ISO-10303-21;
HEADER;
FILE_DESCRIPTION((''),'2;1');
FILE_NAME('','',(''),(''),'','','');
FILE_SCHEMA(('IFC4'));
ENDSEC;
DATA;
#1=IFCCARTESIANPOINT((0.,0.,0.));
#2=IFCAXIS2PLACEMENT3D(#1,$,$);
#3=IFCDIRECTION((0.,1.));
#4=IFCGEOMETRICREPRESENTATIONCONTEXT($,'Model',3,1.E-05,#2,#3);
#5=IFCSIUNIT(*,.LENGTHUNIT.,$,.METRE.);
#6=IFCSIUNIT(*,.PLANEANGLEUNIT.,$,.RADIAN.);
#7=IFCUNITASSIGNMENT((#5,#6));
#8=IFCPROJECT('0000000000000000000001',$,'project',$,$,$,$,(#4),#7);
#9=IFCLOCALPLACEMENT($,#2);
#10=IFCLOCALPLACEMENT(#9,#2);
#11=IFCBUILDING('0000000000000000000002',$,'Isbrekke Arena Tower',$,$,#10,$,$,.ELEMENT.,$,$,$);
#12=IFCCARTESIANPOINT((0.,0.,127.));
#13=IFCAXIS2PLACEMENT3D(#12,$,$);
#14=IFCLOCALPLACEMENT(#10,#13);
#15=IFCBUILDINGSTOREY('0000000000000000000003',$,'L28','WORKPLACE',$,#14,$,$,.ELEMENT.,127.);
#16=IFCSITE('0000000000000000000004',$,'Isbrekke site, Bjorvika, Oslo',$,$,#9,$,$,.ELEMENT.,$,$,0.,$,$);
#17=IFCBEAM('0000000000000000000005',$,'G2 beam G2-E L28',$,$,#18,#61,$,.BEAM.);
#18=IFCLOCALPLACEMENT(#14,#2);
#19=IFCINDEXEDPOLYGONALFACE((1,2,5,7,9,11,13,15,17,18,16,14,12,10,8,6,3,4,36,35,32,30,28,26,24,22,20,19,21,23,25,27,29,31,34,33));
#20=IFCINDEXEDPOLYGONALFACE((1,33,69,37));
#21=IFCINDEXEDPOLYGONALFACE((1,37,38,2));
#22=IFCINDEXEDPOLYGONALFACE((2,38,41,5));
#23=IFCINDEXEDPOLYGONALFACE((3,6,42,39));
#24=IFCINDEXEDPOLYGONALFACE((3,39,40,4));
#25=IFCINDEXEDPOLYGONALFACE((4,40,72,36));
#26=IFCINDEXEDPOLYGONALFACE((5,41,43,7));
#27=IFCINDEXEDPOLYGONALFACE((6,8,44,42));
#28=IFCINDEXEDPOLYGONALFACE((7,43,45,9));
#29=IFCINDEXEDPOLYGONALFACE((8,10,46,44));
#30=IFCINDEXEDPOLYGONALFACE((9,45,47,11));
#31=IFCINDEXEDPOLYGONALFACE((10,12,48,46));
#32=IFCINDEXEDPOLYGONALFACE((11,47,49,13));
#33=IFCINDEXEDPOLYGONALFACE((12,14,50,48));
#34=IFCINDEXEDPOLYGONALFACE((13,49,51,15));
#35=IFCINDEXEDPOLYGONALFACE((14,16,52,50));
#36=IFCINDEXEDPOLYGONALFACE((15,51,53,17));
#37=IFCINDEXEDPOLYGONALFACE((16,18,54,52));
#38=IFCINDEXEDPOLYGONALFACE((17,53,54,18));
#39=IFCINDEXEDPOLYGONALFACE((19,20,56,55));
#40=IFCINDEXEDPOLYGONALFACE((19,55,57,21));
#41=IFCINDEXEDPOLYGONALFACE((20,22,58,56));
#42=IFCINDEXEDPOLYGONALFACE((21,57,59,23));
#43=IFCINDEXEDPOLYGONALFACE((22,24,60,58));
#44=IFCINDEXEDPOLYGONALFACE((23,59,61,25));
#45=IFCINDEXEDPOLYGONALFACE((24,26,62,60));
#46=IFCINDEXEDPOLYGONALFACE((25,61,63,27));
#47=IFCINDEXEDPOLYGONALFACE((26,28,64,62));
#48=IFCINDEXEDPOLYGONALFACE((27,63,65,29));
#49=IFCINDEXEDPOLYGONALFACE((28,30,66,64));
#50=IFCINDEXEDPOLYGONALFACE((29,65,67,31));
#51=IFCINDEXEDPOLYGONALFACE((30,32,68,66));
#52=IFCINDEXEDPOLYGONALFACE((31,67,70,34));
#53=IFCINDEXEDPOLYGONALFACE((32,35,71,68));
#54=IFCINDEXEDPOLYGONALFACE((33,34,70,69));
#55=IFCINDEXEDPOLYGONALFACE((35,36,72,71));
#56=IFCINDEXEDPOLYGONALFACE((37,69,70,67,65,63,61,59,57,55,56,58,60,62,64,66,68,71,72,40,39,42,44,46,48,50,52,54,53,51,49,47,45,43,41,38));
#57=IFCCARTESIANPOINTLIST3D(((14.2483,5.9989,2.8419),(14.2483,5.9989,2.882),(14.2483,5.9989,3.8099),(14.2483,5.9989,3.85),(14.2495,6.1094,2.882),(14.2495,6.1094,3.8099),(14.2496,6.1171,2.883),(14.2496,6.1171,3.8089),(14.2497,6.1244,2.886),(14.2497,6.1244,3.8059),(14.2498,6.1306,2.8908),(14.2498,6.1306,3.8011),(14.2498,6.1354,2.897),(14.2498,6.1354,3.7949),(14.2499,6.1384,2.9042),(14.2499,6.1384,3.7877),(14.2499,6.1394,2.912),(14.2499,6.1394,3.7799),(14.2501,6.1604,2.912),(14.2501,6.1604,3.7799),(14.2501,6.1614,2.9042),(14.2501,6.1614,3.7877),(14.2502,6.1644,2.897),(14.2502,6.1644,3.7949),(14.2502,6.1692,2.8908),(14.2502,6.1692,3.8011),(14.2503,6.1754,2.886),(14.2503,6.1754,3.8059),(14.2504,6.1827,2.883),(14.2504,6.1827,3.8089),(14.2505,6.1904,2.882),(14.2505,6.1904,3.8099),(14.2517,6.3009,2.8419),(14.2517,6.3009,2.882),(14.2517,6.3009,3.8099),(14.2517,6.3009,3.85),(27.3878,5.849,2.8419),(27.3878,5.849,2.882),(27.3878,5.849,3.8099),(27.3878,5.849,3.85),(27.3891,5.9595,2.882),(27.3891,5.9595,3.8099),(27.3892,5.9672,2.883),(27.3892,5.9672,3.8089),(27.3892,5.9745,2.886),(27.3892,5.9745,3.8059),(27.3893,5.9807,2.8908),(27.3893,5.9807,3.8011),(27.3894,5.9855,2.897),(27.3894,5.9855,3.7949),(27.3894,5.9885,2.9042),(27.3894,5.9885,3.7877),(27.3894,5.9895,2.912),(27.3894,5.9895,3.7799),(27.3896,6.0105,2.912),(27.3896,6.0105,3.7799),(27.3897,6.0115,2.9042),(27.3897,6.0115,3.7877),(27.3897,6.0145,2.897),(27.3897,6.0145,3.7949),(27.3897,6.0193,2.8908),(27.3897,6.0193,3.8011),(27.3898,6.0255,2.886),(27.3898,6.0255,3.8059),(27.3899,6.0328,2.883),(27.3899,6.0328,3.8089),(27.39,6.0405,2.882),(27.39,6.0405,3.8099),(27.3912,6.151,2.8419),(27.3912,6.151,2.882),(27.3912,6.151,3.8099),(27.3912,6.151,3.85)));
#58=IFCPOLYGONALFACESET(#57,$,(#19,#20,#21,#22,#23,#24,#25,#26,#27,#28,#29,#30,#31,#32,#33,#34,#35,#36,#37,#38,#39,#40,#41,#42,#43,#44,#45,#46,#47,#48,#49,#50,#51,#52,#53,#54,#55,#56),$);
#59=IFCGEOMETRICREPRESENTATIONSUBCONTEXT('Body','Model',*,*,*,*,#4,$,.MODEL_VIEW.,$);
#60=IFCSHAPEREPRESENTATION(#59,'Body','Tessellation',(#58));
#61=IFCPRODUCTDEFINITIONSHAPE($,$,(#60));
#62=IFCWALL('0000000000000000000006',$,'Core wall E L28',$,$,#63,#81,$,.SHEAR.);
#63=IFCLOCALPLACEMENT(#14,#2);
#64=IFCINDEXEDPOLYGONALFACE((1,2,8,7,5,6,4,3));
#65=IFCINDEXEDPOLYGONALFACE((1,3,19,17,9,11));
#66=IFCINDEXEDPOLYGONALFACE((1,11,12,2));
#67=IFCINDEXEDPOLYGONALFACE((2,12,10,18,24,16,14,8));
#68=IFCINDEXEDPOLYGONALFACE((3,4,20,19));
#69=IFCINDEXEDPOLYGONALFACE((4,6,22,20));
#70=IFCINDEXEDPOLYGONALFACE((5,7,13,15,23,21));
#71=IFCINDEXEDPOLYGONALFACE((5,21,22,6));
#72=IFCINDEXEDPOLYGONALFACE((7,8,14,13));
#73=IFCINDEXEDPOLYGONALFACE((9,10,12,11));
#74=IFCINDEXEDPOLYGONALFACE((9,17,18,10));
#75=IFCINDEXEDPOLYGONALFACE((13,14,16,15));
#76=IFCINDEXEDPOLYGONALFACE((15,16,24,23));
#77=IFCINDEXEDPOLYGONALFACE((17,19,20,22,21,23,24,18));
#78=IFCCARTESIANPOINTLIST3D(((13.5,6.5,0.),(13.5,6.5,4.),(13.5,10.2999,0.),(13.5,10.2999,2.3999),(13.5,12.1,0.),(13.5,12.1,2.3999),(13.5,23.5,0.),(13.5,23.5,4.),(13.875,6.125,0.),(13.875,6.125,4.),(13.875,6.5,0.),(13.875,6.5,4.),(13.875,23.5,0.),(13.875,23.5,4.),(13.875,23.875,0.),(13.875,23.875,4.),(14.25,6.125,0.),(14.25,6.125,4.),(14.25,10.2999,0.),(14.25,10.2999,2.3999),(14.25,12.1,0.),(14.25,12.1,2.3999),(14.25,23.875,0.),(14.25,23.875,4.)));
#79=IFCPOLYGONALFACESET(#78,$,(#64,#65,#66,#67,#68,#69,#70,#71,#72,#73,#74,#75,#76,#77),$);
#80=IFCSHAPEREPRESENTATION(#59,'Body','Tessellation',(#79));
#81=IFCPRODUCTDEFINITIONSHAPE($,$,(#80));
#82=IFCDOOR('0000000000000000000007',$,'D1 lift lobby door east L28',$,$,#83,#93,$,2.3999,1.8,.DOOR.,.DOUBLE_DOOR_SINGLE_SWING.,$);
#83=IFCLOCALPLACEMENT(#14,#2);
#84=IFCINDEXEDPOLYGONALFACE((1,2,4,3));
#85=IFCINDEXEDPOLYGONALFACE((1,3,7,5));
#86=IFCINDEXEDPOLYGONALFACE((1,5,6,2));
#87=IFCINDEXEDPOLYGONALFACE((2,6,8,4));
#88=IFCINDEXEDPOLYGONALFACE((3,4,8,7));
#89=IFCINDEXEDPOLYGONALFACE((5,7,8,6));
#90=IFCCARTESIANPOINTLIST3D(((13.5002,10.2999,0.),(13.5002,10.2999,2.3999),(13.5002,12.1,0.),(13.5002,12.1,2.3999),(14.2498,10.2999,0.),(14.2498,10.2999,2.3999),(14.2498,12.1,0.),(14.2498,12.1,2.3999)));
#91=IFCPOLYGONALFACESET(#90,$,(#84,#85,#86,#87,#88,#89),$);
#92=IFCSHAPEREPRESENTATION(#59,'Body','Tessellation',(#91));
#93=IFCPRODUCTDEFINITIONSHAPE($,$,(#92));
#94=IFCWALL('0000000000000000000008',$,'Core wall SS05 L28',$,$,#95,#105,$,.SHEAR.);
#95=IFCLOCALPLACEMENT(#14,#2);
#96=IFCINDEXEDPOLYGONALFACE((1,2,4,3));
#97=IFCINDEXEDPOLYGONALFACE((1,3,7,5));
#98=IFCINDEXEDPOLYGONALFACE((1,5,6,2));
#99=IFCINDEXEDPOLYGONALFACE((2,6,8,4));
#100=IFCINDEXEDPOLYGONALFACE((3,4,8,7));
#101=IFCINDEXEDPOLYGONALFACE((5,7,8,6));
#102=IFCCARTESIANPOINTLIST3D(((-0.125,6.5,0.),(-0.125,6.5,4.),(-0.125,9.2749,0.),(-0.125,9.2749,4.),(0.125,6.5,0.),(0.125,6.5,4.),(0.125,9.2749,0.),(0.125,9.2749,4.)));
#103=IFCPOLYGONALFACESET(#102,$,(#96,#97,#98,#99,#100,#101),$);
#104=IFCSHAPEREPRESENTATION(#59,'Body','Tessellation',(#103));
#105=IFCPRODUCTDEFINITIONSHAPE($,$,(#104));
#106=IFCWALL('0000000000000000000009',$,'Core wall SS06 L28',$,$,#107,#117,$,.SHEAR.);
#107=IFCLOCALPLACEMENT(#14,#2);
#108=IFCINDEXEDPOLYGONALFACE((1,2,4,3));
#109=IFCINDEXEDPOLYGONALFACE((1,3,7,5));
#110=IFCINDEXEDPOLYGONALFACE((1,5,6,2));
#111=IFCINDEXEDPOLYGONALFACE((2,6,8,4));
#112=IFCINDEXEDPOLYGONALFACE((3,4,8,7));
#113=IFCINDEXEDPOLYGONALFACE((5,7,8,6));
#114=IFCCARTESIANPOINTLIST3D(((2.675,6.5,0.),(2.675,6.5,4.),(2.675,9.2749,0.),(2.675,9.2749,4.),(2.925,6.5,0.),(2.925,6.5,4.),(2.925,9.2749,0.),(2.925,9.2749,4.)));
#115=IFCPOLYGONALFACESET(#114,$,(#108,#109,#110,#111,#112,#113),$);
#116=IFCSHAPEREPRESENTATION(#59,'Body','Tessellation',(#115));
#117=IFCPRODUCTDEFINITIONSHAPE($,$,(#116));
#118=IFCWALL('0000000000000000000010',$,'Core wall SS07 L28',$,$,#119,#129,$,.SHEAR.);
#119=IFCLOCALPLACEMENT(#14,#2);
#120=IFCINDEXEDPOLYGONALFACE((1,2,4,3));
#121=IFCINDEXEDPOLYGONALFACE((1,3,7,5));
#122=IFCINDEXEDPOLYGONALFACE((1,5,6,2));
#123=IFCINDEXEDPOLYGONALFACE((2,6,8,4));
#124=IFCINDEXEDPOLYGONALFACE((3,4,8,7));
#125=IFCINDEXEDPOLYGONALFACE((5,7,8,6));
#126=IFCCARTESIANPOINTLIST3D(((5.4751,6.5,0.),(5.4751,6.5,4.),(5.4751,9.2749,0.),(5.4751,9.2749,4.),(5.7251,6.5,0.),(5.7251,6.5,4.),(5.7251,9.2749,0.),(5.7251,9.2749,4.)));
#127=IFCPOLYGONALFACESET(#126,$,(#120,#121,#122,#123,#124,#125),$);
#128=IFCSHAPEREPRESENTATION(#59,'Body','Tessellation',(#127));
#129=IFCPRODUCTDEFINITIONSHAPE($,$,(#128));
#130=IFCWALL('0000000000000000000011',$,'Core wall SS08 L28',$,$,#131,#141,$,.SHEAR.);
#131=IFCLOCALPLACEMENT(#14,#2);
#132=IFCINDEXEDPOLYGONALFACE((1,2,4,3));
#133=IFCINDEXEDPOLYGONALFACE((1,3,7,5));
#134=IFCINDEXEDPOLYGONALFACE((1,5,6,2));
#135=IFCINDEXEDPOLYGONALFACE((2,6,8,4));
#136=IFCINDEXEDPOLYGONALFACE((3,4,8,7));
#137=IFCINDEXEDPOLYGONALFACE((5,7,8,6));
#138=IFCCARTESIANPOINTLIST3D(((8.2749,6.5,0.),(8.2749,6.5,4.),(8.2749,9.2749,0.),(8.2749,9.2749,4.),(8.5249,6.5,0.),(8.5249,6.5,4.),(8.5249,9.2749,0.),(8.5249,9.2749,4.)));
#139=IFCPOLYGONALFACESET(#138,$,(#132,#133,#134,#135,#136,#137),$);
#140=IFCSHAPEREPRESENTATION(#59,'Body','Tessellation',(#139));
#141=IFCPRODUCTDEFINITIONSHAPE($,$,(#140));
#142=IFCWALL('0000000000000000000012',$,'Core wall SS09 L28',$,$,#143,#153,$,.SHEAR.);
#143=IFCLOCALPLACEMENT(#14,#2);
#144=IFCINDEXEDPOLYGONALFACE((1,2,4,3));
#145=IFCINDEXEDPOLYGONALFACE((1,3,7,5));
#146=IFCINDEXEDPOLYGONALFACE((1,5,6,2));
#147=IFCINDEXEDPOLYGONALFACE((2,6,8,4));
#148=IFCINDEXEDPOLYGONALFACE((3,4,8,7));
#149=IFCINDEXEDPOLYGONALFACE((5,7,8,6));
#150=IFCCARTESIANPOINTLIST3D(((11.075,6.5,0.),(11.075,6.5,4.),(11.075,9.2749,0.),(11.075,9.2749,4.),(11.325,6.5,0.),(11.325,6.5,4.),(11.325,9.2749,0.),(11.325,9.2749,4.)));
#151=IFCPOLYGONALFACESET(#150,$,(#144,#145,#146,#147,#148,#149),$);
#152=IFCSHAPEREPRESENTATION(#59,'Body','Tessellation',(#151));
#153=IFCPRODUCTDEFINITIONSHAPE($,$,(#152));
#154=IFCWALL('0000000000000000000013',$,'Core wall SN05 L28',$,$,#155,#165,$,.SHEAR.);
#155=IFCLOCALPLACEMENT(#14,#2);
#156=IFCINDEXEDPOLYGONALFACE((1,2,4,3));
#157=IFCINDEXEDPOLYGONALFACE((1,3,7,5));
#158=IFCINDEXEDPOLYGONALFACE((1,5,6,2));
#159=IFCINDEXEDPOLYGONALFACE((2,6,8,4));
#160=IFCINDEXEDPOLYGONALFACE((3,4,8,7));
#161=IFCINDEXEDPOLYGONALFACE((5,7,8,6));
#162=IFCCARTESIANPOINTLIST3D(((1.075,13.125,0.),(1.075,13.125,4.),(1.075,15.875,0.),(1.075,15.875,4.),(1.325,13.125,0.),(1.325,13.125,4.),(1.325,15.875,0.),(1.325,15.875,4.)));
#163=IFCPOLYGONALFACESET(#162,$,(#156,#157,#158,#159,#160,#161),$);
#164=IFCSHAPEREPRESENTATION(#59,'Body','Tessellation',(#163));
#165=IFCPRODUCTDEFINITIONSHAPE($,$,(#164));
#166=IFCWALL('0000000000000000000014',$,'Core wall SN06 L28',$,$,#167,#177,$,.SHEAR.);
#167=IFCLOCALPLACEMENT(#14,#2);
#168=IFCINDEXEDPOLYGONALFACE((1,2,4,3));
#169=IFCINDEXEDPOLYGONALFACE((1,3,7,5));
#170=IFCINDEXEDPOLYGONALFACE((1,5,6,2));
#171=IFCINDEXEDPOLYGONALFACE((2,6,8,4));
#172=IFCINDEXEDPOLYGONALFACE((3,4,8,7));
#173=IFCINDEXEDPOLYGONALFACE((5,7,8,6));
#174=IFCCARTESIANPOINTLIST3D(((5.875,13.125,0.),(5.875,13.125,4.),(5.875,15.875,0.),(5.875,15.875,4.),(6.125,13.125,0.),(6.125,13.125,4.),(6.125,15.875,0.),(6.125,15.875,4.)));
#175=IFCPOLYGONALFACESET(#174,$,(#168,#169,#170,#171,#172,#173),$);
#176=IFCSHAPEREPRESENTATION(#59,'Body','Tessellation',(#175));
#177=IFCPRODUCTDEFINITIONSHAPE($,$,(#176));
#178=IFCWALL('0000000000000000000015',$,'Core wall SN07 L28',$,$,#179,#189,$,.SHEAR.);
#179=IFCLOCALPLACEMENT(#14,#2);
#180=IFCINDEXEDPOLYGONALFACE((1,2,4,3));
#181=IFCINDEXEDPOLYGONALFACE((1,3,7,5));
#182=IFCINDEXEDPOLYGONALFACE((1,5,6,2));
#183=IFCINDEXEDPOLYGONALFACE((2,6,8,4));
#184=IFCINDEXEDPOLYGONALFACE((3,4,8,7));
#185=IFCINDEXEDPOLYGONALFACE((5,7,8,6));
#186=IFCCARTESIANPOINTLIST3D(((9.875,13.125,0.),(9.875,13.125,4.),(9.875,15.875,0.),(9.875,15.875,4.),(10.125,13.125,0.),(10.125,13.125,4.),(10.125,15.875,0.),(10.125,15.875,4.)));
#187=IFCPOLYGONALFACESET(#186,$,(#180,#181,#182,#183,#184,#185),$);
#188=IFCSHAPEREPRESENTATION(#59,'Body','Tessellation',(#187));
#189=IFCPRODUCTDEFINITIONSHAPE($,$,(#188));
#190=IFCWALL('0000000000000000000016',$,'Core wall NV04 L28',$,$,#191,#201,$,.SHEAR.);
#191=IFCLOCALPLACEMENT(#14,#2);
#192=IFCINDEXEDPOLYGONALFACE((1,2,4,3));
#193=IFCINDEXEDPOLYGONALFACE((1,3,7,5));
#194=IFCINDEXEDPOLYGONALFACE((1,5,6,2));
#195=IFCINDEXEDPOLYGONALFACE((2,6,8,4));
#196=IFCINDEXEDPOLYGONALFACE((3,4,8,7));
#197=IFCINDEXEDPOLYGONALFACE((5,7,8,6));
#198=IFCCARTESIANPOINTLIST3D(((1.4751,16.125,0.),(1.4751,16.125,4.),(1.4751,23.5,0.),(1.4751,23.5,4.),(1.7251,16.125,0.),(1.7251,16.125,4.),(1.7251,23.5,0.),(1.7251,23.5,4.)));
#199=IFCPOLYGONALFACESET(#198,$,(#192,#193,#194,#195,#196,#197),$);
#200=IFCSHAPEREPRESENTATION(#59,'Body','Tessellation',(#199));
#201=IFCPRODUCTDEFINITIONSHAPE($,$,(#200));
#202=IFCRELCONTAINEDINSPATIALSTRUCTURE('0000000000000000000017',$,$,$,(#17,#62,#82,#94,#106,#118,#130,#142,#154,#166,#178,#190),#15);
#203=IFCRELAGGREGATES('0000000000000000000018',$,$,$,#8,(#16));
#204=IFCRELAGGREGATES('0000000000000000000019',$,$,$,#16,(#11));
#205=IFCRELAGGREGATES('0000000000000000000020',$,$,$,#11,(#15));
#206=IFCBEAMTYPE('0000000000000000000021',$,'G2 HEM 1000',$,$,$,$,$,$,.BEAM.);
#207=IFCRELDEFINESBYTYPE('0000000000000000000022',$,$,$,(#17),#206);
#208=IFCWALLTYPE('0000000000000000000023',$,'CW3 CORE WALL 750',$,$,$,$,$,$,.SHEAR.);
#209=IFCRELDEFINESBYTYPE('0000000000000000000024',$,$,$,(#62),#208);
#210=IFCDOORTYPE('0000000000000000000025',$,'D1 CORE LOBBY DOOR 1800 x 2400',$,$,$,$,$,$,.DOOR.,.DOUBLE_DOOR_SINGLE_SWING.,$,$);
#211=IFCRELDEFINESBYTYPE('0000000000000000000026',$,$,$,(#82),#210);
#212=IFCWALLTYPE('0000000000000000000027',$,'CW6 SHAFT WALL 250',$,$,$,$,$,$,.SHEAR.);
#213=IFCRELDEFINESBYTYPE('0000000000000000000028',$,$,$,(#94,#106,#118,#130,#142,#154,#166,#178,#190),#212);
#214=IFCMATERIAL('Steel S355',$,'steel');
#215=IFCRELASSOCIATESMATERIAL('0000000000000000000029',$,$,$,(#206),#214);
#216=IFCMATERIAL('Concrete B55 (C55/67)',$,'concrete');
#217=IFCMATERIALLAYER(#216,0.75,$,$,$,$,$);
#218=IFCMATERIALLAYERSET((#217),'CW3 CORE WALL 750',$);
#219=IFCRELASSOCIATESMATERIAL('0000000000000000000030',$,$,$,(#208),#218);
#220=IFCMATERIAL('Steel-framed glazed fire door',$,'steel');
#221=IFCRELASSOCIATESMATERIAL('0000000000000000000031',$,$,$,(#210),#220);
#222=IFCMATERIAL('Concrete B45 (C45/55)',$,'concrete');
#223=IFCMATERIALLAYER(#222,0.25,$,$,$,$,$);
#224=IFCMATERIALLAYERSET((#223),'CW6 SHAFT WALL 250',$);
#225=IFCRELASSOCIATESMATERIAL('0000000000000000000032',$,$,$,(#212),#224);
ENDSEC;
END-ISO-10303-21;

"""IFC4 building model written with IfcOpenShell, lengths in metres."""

from ifc_helpers import new_model, si_unit, direction, frame, frame_2d, origin, origin_2d, place, context, subcontext, project, spatial, polyline, rectangle, i_section, outline, extrude, material, layer, layer_set, material_profile, profile_set, type_object, element, fill, save


model = new_model("IFC4")

# Units and contexts
model_context = context("Model", 3, precision=1e-05, world=origin(), true_north=direction((0.0, 1.0)))
body_context = subcontext(model_context, "Body", "Model", "MODEL_VIEW")
ifc_project = project(units=[si_unit("LENGTHUNIT", "METRE"), si_unit("PLANEANGLEUNIT", "RADIAN")], contexts=[model_context])

# Site, building, storey
site_placement = place(None, origin())
site = spatial("IfcSite", under=ifc_project, at=site_placement, Name="Isbrekke site, Bjorvika, Oslo", CompositionType="ELEMENT", RefElevation=0.0)
building_placement = place(site_placement, origin())
building = spatial("IfcBuilding", under=site, at=building_placement, Name="Isbrekke Arena Tower", CompositionType="ELEMENT")
storey_placement = place(building_placement, frame((0.0, 0.0, 127.0)))
storey = spatial("IfcBuildingStorey", under=building, at=storey_placement, Name="L28", Description="WORKPLACE", CompositionType="ELEMENT", Elevation=127.0)

# Beam
ifc_material_1 = material(Name="Steel S355", Category="steel")
ifc_material_profile = material_profile(ifc_material_1, i_section(OverallWidth=0.302, OverallDepth=1.0081, WebThickness=0.021, FlangeThickness=0.04, FilletRadius=0.03, at=origin_2d()), Name="HEM 1000")
ifc_profile_set = profile_set([ifc_material_profile], Name="Steel S355")
beam_type = type_object("IfcBeamType", Name="G2 HEM 1000", PredefinedType="BEAM", material=ifc_profile_set)
beam_placement = place(storey_placement, frame((14.25, 6.1499, 3.3459), z_axis=(0.999935, -0.011408, 0.0), x_axis=(0.011408, 0.999935, 0.0)))
element("IfcBeam", 1, at=beam_placement, inside=storey, type_object=beam_type, Name="G2 beam G2-E L28", PredefinedType="BEAM", context=body_context, shape_type="SweptSolid", body=[
    extrude(i_section(OverallWidth=0.302, OverallDepth=1.0081, WebThickness=0.021, FlangeThickness=0.04, FilletRadius=0.03, at=origin_2d()), origin(), (0.0, 0.0, 1.0), 13.1404),
])

# Wall, opening, door
ifc_material_2 = material(Name="Concrete B55 (C55/67)", Category="concrete")
ifc_layer_1 = layer(ifc_material_2, 0.75)
ifc_layer_set_1 = layer_set([ifc_layer_1], Name="CW3 CORE WALL 750")
wall_type_1 = type_object("IfcWallType", Name="CW3 CORE WALL 750", PredefinedType="SHEAR", material=ifc_layer_set_1)
wall_1_placement = place(storey_placement, frame((13.875, 6.125, 0.0), z_axis=(0.0, 0.0, 1.0), x_axis=(0.0, 1.0, 0.0)))
wall_1 = element("IfcWall", 2, at=wall_1_placement, inside=storey, type_object=wall_type_1, Name="Core wall E L28", PredefinedType="SHEAR", context=body_context, shape_type="SweptSolid", body=[
    extrude(outline(polyline([(0.0, -0.375), (17.75, -0.375), (17.75, 0.0), (17.375, 0.0), (17.375, 0.375), (0.375, 0.375), (0.375, 0.0), (0.0, 0.0), (0.0, -0.375)])), origin(), (0.0, 0.0, 1.0), 4.0),
])
opening_placement = place(wall_1_placement, frame((4.175, 0.0, 0.0)))
opening = element("IfcOpeningElement", 3, at=opening_placement, cuts=wall_1, PredefinedType="OPENING", context=body_context, shape_type="SweptSolid", body=[
    extrude(rectangle(XDim=1.8, YDim=2.3999, at=frame_2d((0.8999, 1.2))), frame((0.0, 0.3899, 0.0), z_axis=(0.0, -1.0, 0.0), x_axis=(1.0, 0.0, 0.0)), (0.0, 0.0, 1.0), 0.7798),
])
ifc_material_3 = material(Name="Steel-framed glazed fire door", Category="steel")
door_type = type_object("IfcDoorType", Name="D1 CORE LOBBY DOOR 1800 x 2400", OperationType="DOUBLE_DOOR_SINGLE_SWING", PredefinedType="DOOR", material=ifc_material_3)
door_placement = place(opening_placement, origin())
door = element("IfcDoor", 4, at=door_placement, inside=storey, type_object=door_type, Name="D1 lift lobby door east L28", OperationType="DOUBLE_DOOR_SINGLE_SWING", OverallHeight=2.3999, OverallWidth=1.8, PredefinedType="DOOR", context=body_context, shape_type="SweptSolid", body=[
    extrude(rectangle(XDim=1.8, YDim=2.3999, at=frame_2d((0.8999, 1.2))), frame((0.0, 0.3748, 0.0), z_axis=(0.0, -1.0, 0.0), x_axis=(1.0, 0.0, 0.0)), (0.0, 0.0, 1.0), 0.7495),
])
fill(opening, door)

# Walls
ifc_material_4 = material(Name="Concrete B45 (C45/55)", Category="concrete")
ifc_layer_2 = layer(ifc_material_4, 0.25)
ifc_layer_set_2 = layer_set([ifc_layer_2], Name="CW6 SHAFT WALL 250")
wall_type_2 = type_object("IfcWallType", Name="CW6 SHAFT WALL 250", PredefinedType="SHEAR", material=ifc_layer_set_2)
for number, where, z_axis, x_axis, name in (
    (5, (0.0, 6.5, 0.0), (0.0, 0.0, 1.0), (0.0, 1.0, 0.0), "Core wall SS05 L28"),
    (6, (2.8, 6.5, 0.0), (0.0, 0.0, 1.0), (0.0, 1.0, 0.0), "Core wall SS06 L28"),
    (7, (5.6001, 6.5, 0.0), (0.0, 0.0, 1.0), (0.0, 1.0, 0.0), "Core wall SS07 L28"),
    (8, (8.3999, 6.5, 0.0), (0.0, 0.0, 1.0), (0.0, 1.0, 0.0), "Core wall SS08 L28"),
    (9, (11.2, 6.5, 0.0), (0.0, 0.0, 1.0), (0.0, 1.0, 0.0), "Core wall SS09 L28"),
):
    element("IfcWall", number, at=place(storey_placement, frame(where, z_axis=z_axis, x_axis=x_axis)), inside=storey, type_object=wall_type_2, Name=name, PredefinedType="SHEAR", context=body_context, shape_type="SweptSolid", body=[
        extrude(rectangle(XDim=2.7749, YDim=0.25, at=frame_2d((1.3875, 0.0))), origin(), (0.0, 0.0, 1.0), 4.0),
    ])
for number, where, z_axis, x_axis, name in (
    (10, (1.2, 13.125, 0.0), (0.0, 0.0, 1.0), (0.0, 1.0, 0.0), "Core wall SN05 L28"),
    (11, (6.0, 13.125, 0.0), (0.0, 0.0, 1.0), (0.0, 1.0, 0.0), "Core wall SN06 L28"),
    (12, (10.0, 13.125, 0.0), (0.0, 0.0, 1.0), (0.0, 1.0, 0.0), "Core wall SN07 L28"),
):
    element("IfcWall", number, at=place(storey_placement, frame(where, z_axis=z_axis, x_axis=x_axis)), inside=storey, type_object=wall_type_2, Name=name, PredefinedType="SHEAR", context=body_context, shape_type="SweptSolid", body=[
        extrude(rectangle(XDim=2.75, YDim=0.25, at=frame_2d((1.375, 0.0))), origin(), (0.0, 0.0, 1.0), 4.0),
    ])
wall_2_placement = place(storey_placement, frame((1.6001, 16.125, 0.0), z_axis=(0.0, 0.0, 1.0), x_axis=(0.0, 1.0, 0.0)))
element("IfcWall", 13, at=wall_2_placement, inside=storey, type_object=wall_type_2, Name="Core wall NV04 L28", PredefinedType="SHEAR", context=body_context, shape_type="SweptSolid", body=[
    extrude(rectangle(XDim=7.375, YDim=0.25, at=frame_2d((3.6875, 0.0))), origin(), (0.0, 0.0, 1.0), 4.0),
])

save(model, "model.ifc")
